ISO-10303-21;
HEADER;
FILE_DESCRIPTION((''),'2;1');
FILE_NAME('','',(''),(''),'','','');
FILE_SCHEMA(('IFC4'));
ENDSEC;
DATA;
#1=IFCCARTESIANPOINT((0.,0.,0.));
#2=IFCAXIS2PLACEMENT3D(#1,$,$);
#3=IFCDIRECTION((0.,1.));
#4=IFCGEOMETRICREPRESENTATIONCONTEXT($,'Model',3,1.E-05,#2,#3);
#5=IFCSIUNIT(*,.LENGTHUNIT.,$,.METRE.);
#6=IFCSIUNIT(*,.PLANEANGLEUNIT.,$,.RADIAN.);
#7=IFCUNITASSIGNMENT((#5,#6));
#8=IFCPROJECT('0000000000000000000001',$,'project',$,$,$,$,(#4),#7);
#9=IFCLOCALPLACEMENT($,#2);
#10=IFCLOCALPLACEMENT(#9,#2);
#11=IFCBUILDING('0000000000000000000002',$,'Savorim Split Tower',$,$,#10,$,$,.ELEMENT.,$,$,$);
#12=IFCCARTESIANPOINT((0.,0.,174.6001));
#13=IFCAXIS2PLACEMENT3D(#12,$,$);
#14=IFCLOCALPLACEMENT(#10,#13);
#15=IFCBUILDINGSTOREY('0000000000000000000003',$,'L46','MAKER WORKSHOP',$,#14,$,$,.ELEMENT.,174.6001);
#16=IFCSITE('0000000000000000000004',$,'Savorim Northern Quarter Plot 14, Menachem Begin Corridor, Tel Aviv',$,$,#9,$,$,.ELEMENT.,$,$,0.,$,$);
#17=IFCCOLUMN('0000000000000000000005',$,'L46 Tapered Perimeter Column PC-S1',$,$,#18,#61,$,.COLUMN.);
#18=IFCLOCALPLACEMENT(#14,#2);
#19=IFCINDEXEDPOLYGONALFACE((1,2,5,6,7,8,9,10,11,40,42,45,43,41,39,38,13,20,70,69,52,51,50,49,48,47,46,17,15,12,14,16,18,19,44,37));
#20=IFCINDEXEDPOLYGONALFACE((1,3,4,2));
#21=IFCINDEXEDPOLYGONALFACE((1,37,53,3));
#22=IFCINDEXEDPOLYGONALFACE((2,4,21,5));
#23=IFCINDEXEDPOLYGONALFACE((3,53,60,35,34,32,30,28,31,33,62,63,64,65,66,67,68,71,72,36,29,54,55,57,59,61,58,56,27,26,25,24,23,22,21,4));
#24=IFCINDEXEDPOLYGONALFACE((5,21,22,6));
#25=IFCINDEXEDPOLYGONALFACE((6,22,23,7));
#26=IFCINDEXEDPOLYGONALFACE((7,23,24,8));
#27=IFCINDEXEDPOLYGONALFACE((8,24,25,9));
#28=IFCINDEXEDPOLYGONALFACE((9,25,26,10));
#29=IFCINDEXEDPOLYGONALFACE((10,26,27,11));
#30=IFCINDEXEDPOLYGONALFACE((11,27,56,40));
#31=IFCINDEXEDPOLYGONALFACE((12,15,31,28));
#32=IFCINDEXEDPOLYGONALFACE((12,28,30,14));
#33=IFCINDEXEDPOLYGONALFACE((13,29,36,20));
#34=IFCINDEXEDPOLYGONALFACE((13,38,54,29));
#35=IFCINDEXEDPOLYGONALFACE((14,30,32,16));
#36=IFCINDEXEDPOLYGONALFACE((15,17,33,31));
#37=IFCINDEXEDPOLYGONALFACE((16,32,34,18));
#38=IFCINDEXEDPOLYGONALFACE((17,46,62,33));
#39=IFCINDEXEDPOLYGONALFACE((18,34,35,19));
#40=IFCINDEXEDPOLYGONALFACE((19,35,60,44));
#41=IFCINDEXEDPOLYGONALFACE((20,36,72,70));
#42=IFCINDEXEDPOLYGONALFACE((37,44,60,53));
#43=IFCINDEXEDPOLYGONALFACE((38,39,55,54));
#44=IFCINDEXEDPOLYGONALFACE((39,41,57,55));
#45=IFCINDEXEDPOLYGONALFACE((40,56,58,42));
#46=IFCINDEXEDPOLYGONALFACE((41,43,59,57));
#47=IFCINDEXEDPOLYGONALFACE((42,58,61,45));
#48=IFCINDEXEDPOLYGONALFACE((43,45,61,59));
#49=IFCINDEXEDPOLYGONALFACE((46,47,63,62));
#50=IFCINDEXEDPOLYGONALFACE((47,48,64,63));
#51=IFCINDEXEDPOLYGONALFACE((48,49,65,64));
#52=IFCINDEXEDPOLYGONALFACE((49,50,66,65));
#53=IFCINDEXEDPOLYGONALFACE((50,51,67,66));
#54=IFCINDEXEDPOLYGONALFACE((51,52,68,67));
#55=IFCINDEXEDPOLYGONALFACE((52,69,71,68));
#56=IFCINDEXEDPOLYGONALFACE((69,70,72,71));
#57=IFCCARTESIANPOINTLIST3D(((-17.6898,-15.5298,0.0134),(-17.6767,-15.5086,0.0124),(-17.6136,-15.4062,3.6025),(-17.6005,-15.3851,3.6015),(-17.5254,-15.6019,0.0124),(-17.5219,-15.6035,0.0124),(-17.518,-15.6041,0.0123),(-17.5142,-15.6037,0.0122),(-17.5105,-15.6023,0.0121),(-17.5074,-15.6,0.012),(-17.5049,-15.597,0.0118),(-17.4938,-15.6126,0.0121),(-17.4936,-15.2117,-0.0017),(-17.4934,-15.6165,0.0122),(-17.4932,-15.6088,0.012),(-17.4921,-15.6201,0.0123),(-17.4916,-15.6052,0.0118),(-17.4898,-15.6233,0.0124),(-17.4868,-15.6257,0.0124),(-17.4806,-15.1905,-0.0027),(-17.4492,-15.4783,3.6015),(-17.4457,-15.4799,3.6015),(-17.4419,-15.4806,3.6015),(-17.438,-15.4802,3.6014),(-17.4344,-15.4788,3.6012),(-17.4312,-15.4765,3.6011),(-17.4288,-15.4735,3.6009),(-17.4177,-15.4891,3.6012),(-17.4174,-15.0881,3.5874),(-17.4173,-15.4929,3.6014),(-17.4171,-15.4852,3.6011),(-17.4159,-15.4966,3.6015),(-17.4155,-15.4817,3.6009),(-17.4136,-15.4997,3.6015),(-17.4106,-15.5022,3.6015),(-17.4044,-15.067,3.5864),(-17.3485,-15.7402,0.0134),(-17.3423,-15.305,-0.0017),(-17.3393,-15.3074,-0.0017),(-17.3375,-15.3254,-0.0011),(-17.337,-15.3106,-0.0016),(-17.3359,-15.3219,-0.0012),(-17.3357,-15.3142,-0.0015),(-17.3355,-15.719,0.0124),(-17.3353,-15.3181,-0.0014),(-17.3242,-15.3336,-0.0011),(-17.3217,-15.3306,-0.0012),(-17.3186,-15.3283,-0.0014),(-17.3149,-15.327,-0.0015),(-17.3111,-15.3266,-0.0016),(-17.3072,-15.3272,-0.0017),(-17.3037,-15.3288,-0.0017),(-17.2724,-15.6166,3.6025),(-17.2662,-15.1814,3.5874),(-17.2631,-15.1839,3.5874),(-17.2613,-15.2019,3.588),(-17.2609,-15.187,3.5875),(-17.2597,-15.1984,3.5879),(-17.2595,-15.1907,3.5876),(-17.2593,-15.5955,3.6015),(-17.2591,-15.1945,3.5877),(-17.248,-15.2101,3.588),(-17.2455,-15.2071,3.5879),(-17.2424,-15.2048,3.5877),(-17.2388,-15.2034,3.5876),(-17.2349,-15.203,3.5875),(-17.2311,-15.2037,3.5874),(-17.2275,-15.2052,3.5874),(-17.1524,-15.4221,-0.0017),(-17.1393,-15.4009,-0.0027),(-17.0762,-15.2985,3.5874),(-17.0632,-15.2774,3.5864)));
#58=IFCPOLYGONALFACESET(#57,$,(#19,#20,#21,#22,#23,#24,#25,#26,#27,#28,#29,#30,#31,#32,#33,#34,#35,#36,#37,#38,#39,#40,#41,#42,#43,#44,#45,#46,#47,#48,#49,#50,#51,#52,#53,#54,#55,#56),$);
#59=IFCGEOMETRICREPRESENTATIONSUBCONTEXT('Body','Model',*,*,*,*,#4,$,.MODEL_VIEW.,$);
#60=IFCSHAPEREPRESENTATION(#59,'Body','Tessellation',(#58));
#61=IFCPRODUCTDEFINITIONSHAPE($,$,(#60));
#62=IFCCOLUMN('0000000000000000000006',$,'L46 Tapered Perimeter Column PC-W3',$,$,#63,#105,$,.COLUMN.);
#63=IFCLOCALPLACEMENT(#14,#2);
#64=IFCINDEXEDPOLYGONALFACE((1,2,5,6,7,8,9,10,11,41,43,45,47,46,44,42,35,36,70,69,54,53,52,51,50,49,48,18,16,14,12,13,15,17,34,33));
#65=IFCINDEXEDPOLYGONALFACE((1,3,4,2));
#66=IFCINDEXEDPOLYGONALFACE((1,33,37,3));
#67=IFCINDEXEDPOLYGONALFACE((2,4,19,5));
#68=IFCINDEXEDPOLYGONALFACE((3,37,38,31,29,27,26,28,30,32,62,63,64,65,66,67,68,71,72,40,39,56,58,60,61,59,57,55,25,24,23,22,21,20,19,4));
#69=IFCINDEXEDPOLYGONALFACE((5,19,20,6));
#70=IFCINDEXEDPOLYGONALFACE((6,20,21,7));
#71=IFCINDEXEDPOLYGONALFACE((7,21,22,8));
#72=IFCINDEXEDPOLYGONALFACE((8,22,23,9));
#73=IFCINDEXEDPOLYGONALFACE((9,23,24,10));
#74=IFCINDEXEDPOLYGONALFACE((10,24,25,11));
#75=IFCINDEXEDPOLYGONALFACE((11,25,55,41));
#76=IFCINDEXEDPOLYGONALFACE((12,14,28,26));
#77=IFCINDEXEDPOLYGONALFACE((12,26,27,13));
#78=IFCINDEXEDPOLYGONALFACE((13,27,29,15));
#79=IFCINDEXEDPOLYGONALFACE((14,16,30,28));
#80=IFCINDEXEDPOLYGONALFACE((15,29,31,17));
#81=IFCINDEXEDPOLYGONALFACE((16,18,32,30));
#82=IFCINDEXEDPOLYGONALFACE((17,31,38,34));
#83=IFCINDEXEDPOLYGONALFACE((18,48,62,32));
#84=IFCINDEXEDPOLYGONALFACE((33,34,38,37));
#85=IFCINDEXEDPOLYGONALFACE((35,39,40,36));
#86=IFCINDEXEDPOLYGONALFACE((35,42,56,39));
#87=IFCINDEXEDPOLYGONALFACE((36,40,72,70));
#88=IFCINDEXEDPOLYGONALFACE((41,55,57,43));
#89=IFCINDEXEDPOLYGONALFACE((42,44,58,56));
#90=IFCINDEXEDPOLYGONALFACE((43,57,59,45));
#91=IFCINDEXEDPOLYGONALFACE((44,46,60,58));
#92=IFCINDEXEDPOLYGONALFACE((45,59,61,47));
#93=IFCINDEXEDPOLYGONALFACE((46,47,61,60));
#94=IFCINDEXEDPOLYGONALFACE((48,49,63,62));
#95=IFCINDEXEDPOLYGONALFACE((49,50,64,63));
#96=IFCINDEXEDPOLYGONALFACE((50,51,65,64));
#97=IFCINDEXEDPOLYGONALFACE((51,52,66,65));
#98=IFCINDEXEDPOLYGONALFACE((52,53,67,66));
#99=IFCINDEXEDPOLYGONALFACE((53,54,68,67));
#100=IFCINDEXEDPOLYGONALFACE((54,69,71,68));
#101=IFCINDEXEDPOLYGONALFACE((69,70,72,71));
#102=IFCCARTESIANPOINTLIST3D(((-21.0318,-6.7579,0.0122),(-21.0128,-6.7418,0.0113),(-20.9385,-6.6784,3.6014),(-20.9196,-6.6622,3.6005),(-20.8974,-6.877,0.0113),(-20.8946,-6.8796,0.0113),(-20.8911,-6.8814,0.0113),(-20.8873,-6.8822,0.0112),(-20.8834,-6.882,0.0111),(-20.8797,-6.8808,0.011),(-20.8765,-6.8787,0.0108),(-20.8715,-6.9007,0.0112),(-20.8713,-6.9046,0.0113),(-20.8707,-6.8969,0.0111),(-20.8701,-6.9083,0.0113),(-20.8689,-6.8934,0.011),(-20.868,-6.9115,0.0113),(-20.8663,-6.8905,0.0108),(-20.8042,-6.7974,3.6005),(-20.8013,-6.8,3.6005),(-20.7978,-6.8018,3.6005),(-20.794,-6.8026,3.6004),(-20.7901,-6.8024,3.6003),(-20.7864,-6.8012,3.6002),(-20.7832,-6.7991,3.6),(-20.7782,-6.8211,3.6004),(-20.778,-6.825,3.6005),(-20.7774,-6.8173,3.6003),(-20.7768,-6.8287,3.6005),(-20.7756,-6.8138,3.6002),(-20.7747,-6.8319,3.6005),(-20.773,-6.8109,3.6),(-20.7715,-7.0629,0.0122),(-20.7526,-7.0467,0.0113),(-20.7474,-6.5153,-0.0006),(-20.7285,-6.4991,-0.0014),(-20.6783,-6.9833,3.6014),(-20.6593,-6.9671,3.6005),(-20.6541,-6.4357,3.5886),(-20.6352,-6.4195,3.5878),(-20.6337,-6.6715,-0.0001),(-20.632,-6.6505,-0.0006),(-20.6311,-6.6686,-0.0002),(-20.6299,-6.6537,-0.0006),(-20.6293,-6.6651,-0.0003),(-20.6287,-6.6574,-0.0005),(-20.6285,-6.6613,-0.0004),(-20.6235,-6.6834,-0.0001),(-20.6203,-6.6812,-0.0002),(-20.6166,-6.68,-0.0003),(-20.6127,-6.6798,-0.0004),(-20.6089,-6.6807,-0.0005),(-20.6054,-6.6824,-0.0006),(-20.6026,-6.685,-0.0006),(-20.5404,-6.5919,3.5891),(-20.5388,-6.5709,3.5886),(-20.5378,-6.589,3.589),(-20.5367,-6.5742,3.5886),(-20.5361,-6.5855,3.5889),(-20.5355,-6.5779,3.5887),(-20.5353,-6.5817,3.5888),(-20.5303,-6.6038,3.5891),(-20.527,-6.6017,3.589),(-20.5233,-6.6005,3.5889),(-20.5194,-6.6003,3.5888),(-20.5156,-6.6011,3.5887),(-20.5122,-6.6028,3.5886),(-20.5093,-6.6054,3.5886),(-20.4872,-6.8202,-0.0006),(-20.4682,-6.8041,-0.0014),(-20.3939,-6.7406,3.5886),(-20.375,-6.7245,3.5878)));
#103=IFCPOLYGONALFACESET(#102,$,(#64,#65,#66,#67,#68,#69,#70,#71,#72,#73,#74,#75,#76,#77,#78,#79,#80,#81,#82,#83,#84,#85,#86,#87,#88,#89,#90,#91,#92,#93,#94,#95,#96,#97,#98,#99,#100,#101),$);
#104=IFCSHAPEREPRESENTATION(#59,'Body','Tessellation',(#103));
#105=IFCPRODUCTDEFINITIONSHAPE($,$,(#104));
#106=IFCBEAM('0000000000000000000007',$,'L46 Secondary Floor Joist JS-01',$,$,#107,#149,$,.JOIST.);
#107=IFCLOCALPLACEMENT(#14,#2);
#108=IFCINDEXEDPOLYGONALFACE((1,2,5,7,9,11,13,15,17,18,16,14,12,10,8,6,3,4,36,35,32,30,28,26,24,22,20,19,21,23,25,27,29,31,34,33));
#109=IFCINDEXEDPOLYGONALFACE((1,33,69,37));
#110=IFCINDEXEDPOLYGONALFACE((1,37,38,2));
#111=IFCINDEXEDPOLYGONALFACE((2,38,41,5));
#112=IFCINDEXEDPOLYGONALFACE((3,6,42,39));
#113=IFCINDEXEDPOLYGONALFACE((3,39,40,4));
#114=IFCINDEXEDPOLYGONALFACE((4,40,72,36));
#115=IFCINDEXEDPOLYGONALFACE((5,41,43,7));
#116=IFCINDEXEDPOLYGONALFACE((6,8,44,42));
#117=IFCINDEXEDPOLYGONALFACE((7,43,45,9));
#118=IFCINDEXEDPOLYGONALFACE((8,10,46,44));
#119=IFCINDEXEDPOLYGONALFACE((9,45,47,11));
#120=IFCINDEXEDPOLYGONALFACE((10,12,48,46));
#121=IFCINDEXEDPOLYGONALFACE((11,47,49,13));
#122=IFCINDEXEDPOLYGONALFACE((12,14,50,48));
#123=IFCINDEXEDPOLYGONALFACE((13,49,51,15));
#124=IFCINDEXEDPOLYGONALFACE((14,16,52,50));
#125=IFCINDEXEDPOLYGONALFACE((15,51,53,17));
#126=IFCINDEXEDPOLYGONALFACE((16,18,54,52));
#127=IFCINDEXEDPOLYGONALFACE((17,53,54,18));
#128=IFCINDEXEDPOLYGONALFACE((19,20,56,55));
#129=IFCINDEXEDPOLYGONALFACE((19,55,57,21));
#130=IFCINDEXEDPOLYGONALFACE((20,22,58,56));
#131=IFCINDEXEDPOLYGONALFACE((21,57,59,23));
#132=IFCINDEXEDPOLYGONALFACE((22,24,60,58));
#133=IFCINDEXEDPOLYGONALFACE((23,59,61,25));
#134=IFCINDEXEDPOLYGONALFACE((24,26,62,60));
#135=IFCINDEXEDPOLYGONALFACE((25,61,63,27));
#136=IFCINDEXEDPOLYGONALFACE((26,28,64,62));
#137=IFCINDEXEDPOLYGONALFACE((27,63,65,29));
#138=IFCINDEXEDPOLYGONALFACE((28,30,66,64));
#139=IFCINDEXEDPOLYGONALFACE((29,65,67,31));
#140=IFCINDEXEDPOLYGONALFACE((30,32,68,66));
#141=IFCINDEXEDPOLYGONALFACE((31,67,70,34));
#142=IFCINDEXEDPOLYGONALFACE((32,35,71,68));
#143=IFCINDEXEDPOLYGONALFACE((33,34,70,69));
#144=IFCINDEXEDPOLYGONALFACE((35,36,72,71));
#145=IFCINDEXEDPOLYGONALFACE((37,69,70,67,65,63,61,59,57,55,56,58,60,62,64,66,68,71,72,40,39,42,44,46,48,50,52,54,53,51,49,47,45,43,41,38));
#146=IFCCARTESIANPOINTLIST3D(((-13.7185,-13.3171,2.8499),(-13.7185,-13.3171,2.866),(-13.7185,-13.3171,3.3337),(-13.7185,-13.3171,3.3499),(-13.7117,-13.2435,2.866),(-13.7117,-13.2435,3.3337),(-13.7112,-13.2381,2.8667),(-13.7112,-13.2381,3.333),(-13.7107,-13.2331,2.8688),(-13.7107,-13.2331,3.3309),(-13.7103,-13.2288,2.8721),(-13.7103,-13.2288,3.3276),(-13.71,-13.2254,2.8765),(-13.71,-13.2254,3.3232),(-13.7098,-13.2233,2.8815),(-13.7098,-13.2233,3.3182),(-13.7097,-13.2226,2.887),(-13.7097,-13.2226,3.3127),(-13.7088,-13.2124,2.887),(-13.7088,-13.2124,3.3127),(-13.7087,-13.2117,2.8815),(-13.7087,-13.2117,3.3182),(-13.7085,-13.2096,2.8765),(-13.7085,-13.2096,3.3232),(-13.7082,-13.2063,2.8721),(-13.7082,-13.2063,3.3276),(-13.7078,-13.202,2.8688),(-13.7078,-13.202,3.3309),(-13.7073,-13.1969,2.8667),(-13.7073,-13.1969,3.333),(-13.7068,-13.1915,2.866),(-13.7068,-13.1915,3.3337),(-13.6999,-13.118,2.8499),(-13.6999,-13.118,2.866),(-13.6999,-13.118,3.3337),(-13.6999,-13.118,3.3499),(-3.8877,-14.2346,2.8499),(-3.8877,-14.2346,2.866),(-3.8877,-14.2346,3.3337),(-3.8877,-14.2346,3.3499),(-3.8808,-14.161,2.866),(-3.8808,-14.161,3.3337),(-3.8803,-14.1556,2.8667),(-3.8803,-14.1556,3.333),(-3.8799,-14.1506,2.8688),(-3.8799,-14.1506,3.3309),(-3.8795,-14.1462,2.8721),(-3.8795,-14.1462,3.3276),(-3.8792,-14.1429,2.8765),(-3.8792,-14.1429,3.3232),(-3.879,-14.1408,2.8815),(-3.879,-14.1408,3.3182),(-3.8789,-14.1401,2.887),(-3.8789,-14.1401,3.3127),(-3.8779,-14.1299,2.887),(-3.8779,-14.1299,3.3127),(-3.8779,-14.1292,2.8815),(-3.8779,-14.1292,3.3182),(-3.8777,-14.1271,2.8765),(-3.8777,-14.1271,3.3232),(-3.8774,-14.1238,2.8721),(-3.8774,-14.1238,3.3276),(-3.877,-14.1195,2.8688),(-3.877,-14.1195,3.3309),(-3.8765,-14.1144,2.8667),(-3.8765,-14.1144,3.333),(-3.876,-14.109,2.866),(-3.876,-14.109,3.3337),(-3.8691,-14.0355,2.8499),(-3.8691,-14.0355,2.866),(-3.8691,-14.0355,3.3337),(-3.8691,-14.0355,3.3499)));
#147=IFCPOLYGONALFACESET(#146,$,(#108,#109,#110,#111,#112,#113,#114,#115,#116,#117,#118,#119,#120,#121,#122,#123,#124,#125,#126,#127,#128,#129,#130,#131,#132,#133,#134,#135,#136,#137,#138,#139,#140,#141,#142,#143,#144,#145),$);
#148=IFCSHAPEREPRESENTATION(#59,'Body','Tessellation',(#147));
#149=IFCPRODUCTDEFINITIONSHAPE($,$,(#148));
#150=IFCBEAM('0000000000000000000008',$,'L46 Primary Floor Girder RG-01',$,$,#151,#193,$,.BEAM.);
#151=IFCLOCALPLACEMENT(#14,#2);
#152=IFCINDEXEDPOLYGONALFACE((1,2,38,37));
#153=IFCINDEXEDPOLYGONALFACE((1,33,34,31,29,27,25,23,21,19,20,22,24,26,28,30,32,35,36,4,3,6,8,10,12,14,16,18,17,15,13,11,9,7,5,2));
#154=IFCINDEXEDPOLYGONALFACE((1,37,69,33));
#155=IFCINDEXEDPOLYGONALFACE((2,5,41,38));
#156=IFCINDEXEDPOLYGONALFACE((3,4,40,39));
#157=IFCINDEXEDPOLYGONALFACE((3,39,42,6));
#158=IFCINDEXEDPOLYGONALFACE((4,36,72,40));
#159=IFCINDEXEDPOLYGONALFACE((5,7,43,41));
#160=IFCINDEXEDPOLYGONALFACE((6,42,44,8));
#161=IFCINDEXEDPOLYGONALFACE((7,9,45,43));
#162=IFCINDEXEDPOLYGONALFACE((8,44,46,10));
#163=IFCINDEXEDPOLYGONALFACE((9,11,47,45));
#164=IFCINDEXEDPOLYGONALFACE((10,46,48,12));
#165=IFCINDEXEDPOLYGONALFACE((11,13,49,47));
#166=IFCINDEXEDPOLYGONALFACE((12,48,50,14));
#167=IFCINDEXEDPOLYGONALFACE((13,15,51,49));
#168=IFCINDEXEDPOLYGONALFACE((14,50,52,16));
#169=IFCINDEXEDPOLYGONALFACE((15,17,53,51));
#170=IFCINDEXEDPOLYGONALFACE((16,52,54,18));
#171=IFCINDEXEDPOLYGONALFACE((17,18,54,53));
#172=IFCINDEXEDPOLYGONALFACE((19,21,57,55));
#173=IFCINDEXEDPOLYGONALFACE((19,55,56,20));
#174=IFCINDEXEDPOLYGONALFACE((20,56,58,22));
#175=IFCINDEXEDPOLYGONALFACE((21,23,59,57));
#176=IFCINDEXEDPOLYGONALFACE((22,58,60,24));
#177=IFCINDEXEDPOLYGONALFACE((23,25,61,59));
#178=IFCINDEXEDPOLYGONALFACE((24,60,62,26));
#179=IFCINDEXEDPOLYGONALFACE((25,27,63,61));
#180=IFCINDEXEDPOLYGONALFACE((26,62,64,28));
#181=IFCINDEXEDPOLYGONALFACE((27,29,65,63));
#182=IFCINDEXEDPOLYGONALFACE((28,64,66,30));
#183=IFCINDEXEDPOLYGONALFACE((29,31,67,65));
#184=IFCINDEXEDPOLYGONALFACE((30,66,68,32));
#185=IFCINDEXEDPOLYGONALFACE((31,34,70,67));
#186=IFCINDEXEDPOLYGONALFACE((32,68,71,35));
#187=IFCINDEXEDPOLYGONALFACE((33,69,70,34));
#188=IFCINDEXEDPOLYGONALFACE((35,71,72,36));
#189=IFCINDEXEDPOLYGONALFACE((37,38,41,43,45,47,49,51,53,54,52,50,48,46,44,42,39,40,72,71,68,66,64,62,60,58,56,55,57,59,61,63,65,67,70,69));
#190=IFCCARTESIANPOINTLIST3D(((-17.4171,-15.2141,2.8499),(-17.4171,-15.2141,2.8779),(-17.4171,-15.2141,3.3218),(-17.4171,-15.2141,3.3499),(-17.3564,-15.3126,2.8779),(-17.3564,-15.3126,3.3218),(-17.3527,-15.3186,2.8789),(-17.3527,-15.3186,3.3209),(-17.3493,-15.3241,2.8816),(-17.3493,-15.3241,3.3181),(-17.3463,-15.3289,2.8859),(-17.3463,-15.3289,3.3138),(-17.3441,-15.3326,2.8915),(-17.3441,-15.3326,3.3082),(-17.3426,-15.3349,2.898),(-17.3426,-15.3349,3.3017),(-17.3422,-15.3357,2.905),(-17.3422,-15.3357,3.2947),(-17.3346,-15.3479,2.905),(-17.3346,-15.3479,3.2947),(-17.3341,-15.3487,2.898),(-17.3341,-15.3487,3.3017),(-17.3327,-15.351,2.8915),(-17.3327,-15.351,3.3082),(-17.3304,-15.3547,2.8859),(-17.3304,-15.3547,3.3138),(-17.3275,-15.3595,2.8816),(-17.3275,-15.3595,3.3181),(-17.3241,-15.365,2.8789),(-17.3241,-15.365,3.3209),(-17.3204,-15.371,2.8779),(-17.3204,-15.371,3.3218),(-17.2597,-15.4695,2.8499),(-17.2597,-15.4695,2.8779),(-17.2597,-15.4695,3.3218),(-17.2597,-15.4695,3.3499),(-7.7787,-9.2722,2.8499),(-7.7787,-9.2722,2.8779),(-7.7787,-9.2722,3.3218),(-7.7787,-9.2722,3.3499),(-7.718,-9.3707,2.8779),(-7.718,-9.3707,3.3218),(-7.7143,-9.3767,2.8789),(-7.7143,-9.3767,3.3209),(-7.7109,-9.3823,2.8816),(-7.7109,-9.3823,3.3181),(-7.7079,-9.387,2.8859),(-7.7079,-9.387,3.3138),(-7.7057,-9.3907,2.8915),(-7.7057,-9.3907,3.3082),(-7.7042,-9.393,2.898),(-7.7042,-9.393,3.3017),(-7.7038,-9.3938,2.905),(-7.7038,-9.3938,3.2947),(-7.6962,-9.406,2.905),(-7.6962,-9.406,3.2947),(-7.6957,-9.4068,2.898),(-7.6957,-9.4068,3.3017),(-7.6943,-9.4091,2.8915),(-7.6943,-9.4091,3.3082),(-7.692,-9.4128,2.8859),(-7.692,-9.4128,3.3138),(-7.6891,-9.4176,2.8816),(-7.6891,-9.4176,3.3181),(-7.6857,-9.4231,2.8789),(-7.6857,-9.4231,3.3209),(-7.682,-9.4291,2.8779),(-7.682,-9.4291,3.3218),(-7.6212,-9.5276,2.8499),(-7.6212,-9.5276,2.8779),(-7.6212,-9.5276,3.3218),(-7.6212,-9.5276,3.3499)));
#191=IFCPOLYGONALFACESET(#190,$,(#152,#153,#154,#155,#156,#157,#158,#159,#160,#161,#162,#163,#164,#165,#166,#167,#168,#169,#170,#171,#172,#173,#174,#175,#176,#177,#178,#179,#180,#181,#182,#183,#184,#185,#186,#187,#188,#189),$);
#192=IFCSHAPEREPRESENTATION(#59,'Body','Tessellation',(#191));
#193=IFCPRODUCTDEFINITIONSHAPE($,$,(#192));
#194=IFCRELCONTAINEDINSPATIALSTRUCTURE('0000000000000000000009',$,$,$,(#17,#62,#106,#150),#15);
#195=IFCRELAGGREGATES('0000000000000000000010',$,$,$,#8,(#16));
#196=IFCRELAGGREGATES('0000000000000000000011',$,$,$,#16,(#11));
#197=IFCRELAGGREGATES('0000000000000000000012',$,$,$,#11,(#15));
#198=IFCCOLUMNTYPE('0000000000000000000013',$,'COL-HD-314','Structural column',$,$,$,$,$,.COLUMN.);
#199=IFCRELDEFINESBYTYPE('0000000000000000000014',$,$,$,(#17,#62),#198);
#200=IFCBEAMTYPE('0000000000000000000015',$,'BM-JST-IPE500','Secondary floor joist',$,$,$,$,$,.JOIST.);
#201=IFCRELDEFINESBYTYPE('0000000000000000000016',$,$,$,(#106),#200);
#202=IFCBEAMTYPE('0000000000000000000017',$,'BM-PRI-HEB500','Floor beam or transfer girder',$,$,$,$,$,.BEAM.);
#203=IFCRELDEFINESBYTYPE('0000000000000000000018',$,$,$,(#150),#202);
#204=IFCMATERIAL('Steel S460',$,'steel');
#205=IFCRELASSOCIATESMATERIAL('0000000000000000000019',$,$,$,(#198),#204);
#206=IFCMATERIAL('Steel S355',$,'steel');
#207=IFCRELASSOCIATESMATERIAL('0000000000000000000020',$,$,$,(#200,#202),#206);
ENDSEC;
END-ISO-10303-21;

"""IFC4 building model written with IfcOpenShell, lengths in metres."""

from ifc_helpers import new_model, si_unit, direction, frame, origin, origin_2d, place, context, subcontext, project, spatial, i_section, extrude, material, material_profile, profile_set, type_object, element, save


model = new_model("IFC4")

# Units and contexts
model_context = context("Model", 3, precision=1e-05, world=origin(), true_north=direction((0.0, 1.0)))
body_context = subcontext(model_context, "Body", "Model", "MODEL_VIEW")
ifc_project = project(units=[si_unit("LENGTHUNIT", "METRE"), si_unit("PLANEANGLEUNIT", "RADIAN")], contexts=[model_context])

# Site, building, storey
site_placement = place(None, origin())
site = spatial("IfcSite", under=ifc_project, at=site_placement, Name="Savorim Northern Quarter Plot 14, Menachem Begin Corridor, Tel Aviv", CompositionType="ELEMENT", RefElevation=0.0)
building_placement = place(site_placement, origin())
building = spatial("IfcBuilding", under=site, at=building_placement, Name="Savorim Split Tower", CompositionType="ELEMENT")
storey_placement = place(building_placement, frame((0.0, 0.0, 174.6001)))
storey = spatial("IfcBuildingStorey", under=building, at=storey_placement, Name="L46", Description="MAKER WORKSHOP", CompositionType="ELEMENT", Elevation=174.6001)

# Columns
ifc_material_1 = material(Name="Steel S460", Category="steel")
ifc_material_profile_1 = material_profile(ifc_material_1, i_section(OverallWidth=0.4009, OverallDepth=0.3989, WebThickness=0.0156, FlangeThickness=0.0249, FilletRadius=0.0149, at=origin_2d()), Name="HD 400x314")
ifc_profile_set_1 = profile_set([ifc_material_profile_1], Name="Steel S460")
column_type = type_object("IfcColumnType", Name="COL-HD-314", Description="Structural column", PredefinedType="COLUMN", material=ifc_profile_set_1)
column_1_placement = place(storey_placement, frame((-17.4146, -15.4653, 0.0054), z_axis=(0.021206, 0.034391, 0.999183), x_axis=(-0.851196, 0.524848, 0.0)))
element("IfcColumn", 1, at=column_1_placement, inside=storey, type_object=column_type, Name="L46 Tapered Perimeter Column PC-S1", PredefinedType="COLUMN", context=body_context, shape_type="SweptSolid", body=[
    extrude(i_section(OverallWidth=0.4009, OverallDepth=0.3989, WebThickness=0.0156, FlangeThickness=0.0249, FilletRadius=0.0149, at=origin_2d()), origin(), (0.0, 0.0, 1.0), 3.592),
])
column_2_placement = place(storey_placement, frame((-20.75, -6.781, 0.0054), z_axis=(0.025969, 0.022162, 0.999417), x_axis=(-0.64915, 0.76066, 0.0)))
element("IfcColumn", 2, at=column_2_placement, inside=storey, type_object=column_type, Name="L46 Tapered Perimeter Column PC-W3", PredefinedType="COLUMN", context=body_context, shape_type="SweptSolid", body=[
    extrude(i_section(OverallWidth=0.4009, OverallDepth=0.3989, WebThickness=0.0156, FlangeThickness=0.0249, FilletRadius=0.0149, at=origin_2d()), origin(), (0.0, 0.0, 1.0), 3.5913),
])

# Beams
ifc_material_2 = material(Name="Steel S355", Category="steel")
ifc_material_profile_2 = material_profile(ifc_material_2, i_section(OverallWidth=0.2, OverallDepth=0.5, WebThickness=0.0103, FlangeThickness=0.0161, FilletRadius=0.021, at=origin_2d()), Name="IPE 500")
ifc_profile_set_2 = profile_set([ifc_material_profile_2], Name="Steel S355")
beam_type_1 = type_object("IfcBeamType", Name="BM-JST-IPE500", Description="Secondary floor joist", PredefinedType="JOIST", material=ifc_profile_set_2)
beam_1_placement = place(storey_placement, frame((-13.7092, -13.2175, 3.0999), z_axis=(0.995673, -0.092923, 0.0), x_axis=(0.092923, 0.995673, 0.0)))
element("IfcBeam", 3, at=beam_1_placement, inside=storey, type_object=beam_type_1, Name="L46 Secondary Floor Joist JS-01", PredefinedType="JOIST", context=body_context, shape_type="SweptSolid", body=[
    extrude(i_section(OverallWidth=0.2, OverallDepth=0.5, WebThickness=0.0103, FlangeThickness=0.0161, FilletRadius=0.021, at=origin_2d()), origin(), (0.0, 0.0, 1.0), 9.8735),
])
ifc_material_profile_3 = material_profile(ifc_material_2, i_section(OverallWidth=0.3, OverallDepth=0.5, WebThickness=0.0144, FlangeThickness=0.0281, FilletRadius=0.0271, at=origin_2d()), Name="HEB 500")
ifc_profile_set_3 = profile_set([ifc_material_profile_3], Name="Steel S355")
beam_type_2 = type_object("IfcBeamType", Name="BM-PRI-HEB500", Description="Floor beam or transfer girder", PredefinedType="BEAM", material=ifc_profile_set_3)
beam_2_placement = place(storey_placement, frame((-17.3384, -15.3418, 3.0999), z_axis=(0.851242, 0.524773, 0.0), x_axis=(-0.524773, 0.851242, 0.0)))
element("IfcBeam", 4, at=beam_2_placement, inside=storey, type_object=beam_type_2, Name="L46 Primary Floor Girder RG-01", PredefinedType="BEAM", context=body_context, shape_type="SweptSolid", body=[
    extrude(i_section(OverallWidth=0.3, OverallDepth=0.5, WebThickness=0.0144, FlangeThickness=0.0281, FilletRadius=0.0271, at=origin_2d()), origin(), (0.0, 0.0, 1.0), 11.3228),
])

save(model, "model.ifc")
